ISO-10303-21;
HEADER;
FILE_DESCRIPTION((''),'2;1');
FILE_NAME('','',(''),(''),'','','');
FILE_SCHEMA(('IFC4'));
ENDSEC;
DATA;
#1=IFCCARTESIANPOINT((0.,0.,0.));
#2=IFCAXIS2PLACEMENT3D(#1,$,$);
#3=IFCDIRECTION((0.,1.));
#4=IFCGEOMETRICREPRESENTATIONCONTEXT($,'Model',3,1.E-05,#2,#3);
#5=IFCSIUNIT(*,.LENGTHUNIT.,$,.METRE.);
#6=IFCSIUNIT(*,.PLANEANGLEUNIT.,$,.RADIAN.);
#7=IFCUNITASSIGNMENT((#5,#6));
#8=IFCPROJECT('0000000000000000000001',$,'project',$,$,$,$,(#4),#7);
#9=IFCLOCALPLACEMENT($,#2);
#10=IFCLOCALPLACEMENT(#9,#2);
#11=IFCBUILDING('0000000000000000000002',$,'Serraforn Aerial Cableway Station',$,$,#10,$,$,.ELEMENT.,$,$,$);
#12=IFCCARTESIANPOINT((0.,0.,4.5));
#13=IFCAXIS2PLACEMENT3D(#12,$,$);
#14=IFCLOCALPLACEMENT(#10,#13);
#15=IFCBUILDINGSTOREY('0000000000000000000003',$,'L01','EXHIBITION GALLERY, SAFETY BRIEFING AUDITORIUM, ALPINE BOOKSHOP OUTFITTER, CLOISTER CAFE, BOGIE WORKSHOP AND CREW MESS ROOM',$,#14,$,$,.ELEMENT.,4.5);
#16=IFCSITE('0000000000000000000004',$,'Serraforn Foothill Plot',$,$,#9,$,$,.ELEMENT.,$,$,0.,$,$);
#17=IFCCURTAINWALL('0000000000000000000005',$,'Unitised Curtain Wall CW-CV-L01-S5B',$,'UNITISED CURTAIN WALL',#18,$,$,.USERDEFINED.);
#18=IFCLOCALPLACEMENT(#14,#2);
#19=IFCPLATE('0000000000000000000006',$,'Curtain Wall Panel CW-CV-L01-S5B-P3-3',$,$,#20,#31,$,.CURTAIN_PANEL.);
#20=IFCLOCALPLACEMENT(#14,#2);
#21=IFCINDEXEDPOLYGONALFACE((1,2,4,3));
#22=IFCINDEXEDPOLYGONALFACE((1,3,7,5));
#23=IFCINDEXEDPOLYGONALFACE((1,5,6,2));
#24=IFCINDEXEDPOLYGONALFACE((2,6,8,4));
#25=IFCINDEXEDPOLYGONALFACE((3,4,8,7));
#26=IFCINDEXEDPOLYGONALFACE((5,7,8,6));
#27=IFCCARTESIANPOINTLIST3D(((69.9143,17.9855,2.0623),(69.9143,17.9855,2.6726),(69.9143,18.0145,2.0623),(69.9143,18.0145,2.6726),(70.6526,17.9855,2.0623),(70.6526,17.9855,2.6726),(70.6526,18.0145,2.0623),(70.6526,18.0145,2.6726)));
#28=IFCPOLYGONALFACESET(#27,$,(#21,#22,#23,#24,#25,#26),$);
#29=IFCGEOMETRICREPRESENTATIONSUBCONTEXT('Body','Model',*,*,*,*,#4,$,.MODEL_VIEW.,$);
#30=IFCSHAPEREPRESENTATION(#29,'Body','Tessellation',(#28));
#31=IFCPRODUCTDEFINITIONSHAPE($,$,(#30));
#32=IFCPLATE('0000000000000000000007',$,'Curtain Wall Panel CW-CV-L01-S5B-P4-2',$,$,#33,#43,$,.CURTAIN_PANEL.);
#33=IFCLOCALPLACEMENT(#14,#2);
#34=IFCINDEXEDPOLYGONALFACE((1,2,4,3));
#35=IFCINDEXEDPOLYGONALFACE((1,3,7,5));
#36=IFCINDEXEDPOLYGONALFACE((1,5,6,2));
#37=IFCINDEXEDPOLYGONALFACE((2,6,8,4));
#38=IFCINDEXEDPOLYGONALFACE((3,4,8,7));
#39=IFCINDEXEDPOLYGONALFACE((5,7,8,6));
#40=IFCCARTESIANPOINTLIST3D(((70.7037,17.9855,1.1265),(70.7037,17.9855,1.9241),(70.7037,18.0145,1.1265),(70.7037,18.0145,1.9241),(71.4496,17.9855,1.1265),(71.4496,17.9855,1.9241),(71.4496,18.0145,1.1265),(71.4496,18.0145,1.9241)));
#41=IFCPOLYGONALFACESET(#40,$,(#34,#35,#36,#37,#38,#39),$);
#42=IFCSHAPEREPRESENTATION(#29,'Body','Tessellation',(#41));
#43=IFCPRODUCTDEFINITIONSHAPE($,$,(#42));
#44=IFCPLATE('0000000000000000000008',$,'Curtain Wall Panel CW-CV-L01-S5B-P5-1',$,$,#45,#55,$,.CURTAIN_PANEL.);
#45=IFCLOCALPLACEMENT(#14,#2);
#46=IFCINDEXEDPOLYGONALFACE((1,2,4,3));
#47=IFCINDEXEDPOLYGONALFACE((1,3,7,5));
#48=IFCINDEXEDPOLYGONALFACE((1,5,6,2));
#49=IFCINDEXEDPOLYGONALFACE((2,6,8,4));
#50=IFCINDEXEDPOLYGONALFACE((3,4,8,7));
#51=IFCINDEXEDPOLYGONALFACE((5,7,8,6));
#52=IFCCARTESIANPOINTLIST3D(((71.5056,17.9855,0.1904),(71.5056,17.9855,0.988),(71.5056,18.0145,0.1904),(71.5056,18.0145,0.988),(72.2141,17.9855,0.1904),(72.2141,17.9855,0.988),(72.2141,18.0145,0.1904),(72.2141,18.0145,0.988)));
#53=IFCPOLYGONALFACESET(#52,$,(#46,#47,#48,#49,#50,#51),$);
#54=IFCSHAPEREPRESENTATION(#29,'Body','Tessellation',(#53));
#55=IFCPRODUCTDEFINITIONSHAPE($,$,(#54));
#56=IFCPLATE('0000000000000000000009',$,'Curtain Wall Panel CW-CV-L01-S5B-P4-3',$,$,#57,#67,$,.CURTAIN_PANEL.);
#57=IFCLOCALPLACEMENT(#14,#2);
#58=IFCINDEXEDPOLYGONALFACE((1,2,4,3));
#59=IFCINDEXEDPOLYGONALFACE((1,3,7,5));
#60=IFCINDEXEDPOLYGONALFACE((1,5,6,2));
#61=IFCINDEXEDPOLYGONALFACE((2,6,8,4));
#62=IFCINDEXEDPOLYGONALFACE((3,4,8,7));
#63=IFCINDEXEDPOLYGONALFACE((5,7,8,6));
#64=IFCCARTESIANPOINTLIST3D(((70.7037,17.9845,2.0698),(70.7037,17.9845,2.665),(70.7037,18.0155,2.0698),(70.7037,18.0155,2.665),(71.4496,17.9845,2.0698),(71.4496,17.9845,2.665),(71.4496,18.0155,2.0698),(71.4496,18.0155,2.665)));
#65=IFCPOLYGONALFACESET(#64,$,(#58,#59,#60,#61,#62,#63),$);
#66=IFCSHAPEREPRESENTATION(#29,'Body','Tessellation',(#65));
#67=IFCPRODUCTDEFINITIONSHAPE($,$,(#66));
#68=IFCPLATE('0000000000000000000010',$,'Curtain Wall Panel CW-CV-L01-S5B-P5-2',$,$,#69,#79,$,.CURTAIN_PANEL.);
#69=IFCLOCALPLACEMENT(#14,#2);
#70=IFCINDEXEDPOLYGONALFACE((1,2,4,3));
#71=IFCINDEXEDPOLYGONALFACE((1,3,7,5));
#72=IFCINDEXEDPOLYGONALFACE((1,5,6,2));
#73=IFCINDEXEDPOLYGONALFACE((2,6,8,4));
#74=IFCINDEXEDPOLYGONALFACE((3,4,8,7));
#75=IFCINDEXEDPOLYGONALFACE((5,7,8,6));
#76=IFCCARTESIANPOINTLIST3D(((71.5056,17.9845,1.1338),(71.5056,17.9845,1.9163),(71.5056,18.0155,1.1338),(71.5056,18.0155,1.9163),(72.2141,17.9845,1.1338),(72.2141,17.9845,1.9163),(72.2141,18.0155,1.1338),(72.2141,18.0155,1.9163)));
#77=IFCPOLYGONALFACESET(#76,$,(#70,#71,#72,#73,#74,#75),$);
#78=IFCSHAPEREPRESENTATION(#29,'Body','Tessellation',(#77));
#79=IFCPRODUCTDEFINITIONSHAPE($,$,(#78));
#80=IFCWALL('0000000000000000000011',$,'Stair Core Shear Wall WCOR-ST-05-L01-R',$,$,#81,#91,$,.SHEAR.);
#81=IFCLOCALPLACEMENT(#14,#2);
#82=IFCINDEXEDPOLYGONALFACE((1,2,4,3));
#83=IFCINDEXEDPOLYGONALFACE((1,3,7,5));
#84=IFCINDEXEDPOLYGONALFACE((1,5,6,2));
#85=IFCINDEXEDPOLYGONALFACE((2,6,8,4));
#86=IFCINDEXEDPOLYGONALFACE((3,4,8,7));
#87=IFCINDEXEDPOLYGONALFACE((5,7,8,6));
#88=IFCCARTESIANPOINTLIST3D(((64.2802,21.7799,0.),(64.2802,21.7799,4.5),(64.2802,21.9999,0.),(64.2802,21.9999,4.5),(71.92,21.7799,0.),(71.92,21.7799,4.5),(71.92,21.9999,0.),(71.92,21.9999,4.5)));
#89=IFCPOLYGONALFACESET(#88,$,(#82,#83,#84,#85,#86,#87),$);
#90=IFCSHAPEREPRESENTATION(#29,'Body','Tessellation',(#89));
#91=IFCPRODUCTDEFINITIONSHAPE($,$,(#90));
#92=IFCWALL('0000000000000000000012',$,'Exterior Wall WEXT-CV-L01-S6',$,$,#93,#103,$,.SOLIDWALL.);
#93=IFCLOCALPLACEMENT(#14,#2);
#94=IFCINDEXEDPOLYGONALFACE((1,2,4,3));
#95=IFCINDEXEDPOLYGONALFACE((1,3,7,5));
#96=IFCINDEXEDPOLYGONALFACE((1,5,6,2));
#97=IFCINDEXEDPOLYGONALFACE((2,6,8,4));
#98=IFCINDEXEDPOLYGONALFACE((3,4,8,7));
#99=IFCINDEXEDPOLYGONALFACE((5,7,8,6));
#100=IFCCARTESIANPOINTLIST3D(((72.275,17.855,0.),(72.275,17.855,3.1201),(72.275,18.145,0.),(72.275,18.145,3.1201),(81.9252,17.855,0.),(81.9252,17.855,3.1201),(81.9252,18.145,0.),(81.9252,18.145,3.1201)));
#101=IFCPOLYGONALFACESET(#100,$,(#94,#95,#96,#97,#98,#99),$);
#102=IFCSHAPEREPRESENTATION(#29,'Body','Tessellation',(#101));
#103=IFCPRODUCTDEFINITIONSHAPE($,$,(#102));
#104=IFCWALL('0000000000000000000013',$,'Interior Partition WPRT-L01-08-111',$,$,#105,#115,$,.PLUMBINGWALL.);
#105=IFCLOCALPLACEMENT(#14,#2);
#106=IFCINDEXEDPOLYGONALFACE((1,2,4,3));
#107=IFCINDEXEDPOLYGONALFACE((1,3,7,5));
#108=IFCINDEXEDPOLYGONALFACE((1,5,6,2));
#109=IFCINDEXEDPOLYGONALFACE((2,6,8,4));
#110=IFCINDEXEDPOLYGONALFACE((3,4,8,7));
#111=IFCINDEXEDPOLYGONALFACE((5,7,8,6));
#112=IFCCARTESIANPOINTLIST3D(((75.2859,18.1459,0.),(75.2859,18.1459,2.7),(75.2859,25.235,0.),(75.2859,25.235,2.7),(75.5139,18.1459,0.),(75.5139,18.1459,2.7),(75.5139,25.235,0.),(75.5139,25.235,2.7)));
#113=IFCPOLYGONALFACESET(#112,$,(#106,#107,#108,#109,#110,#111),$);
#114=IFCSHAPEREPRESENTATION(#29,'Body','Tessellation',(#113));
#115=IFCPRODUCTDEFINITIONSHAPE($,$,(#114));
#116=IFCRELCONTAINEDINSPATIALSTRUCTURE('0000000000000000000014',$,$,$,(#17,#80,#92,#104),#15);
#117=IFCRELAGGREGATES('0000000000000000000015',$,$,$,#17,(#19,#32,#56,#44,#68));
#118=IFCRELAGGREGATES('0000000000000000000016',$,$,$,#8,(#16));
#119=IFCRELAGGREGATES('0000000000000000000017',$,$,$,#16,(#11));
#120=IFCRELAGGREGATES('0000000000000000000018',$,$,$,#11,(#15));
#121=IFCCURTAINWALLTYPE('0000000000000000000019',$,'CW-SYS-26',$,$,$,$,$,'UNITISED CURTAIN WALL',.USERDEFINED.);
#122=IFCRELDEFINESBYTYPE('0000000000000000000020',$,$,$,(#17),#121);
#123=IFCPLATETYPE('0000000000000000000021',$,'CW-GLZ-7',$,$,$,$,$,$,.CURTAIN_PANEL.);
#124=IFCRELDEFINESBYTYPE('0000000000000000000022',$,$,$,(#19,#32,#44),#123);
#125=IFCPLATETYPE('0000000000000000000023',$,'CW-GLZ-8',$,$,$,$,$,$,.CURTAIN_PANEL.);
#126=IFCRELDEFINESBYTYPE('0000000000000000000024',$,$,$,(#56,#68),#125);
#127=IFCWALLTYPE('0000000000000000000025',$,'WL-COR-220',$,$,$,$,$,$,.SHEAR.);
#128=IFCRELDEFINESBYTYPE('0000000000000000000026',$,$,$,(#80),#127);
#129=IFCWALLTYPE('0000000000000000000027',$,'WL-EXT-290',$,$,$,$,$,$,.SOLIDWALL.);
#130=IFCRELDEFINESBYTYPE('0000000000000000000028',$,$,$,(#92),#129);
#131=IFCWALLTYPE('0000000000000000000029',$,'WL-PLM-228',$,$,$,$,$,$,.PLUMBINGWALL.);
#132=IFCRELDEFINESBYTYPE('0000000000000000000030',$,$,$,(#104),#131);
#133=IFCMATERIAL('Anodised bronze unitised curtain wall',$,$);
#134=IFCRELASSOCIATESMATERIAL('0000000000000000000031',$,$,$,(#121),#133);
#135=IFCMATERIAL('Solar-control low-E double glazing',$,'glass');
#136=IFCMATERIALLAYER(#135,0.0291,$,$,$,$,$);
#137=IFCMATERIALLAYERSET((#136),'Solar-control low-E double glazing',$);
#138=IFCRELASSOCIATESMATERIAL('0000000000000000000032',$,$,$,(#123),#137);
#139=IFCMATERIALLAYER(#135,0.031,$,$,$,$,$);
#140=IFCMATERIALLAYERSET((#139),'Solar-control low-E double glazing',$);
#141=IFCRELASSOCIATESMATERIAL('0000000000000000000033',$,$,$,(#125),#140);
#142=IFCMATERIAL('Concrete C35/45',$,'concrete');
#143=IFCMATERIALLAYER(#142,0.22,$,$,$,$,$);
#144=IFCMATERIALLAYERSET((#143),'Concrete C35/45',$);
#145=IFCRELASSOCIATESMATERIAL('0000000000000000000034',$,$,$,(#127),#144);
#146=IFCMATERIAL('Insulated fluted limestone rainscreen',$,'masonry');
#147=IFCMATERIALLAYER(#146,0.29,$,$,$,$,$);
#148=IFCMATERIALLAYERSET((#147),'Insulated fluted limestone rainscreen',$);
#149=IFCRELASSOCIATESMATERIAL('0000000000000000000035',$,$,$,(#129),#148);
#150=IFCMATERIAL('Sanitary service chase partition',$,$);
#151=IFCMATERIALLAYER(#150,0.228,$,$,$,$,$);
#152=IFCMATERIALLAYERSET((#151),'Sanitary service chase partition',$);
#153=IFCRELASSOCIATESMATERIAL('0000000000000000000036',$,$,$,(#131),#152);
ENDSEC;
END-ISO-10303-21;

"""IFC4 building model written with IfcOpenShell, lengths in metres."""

from ifc_helpers import new_model, si_unit, direction, frame, frame_2d, origin, origin_2d, place, context, subcontext, project, spatial, rectangle, extrude, material, layer, layer_set, type_object, element, aggregate, save


model = new_model("IFC4")

# Units and contexts
model_context = context("Model", 3, precision=1e-05, world=origin(), true_north=direction((0.0, 1.0)))
body_context = subcontext(model_context, "Body", "Model", "MODEL_VIEW")
ifc_project = project(units=[si_unit("LENGTHUNIT", "METRE"), si_unit("PLANEANGLEUNIT", "RADIAN")], contexts=[model_context])

# Site, building, storey
site_placement = place(None, origin())
site = spatial("IfcSite", under=ifc_project, at=site_placement, Name="Serraforn Foothill Plot", CompositionType="ELEMENT", RefElevation=0.0)
building_placement = place(site_placement, origin())
building = spatial("IfcBuilding", under=site, at=building_placement, Name="Serraforn Aerial Cableway Station", CompositionType="ELEMENT")
storey_placement = place(building_placement, frame((0.0, 0.0, 4.5)))
storey = spatial("IfcBuildingStorey", under=building, at=storey_placement, Name="L01", Description="EXHIBITION GALLERY, SAFETY BRIEFING AUDITORIUM, ALPINE BOOKSHOP OUTFITTER, CLOISTER CAFE, BOGIE WORKSHOP AND CREW MESS ROOM", CompositionType="ELEMENT", Elevation=4.5)

# Shared definitions
ifc_material_1 = material(Name="Concrete C35/45", Category="concrete")

# Curtain wall, plates
ifc_material_2 = material(Name="Anodised bronze unitised curtain wall")
curtain_wall_type = type_object("IfcCurtainWallType", Name="CW-SYS-26", ElementType="UNITISED CURTAIN WALL", PredefinedType="USERDEFINED", material=ifc_material_2)
curtain_wall_placement = place(storey_placement, origin())
curtain_wall = element("IfcCurtainWall", 1, at=curtain_wall_placement, inside=storey, type_object=curtain_wall_type, Name="Unitised Curtain Wall CW-CV-L01-S5B", ObjectType="UNITISED CURTAIN WALL", PredefinedType="USERDEFINED")
ifc_material_3 = material(Name="Solar-control low-E double glazing", Category="glass")
ifc_layer_1 = layer(ifc_material_3, 0.0291)
ifc_layer_set_1 = layer_set([ifc_layer_1], Name="Solar-control low-E double glazing")
plate_type_1 = type_object("IfcPlateType", Name="CW-GLZ-7", PredefinedType="CURTAIN_PANEL", material=ifc_layer_set_1)
plate_1_placement = place(storey_placement, frame((70.2834, 18.0, 2.0623), z_axis=(0.0, 0.0, 1.0), x_axis=(1.0, 0.0, 0.0)))
plate_1 = element("IfcPlate", 2, at=plate_1_placement, type_object=plate_type_1, Name="Curtain Wall Panel CW-CV-L01-S5B-P3-3", PredefinedType="CURTAIN_PANEL", context=body_context, shape_type="SweptSolid", body=[
    extrude(rectangle(XDim=0.7383, YDim=0.0291, at=origin_2d()), origin(), (0.0, 0.0, 1.0), 0.6104),
])
plate_2_placement = place(storey_placement, frame((71.0767, 18.0, 1.1265), z_axis=(0.0, 0.0, 1.0), x_axis=(1.0, 0.0, 0.0)))
plate_2 = element("IfcPlate", 3, at=plate_2_placement, type_object=plate_type_1, Name="Curtain Wall Panel CW-CV-L01-S5B-P4-2", PredefinedType="CURTAIN_PANEL", context=body_context, shape_type="SweptSolid", body=[
    extrude(rectangle(XDim=0.7458, YDim=0.0291, at=origin_2d()), origin(), (0.0, 0.0, 1.0), 0.7976),
])
plate_3_placement = place(storey_placement, frame((71.8599, 18.0, 0.1904), z_axis=(0.0, 0.0, 1.0), x_axis=(1.0, 0.0, 0.0)))
plate_3 = element("IfcPlate", 4, at=plate_3_placement, type_object=plate_type_1, Name="Curtain Wall Panel CW-CV-L01-S5B-P5-1", PredefinedType="CURTAIN_PANEL", context=body_context, shape_type="SweptSolid", body=[
    extrude(rectangle(XDim=0.7085, YDim=0.0291, at=origin_2d()), origin(), (0.0, 0.0, 1.0), 0.7976),
])
ifc_layer_2 = layer(ifc_material_3, 0.031)
ifc_layer_set_2 = layer_set([ifc_layer_2], Name="Solar-control low-E double glazing")
plate_type_2 = type_object("IfcPlateType", Name="CW-GLZ-8", PredefinedType="CURTAIN_PANEL", material=ifc_layer_set_2)
plate_4_placement = place(storey_placement, frame((71.0767, 18.0, 2.0698), z_axis=(0.0, 0.0, 1.0), x_axis=(1.0, 0.0, 0.0)))
plate_4 = element("IfcPlate", 5, at=plate_4_placement, type_object=plate_type_2, Name="Curtain Wall Panel CW-CV-L01-S5B-P4-3", PredefinedType="CURTAIN_PANEL", context=body_context, shape_type="SweptSolid", body=[
    extrude(rectangle(XDim=0.7458, YDim=0.031, at=origin_2d()), origin(), (0.0, 0.0, 1.0), 0.5952),
])
plate_5_placement = place(storey_placement, frame((71.8599, 18.0, 1.1338), z_axis=(0.0, 0.0, 1.0), x_axis=(1.0, 0.0, 0.0)))
plate_5 = element("IfcPlate", 6, at=plate_5_placement, type_object=plate_type_2, Name="Curtain Wall Panel CW-CV-L01-S5B-P5-2", PredefinedType="CURTAIN_PANEL", context=body_context, shape_type="SweptSolid", body=[
    extrude(rectangle(XDim=0.7085, YDim=0.031, at=origin_2d()), origin(), (0.0, 0.0, 1.0), 0.7825),
])
aggregate(curtain_wall, [plate_1, plate_2, plate_4, plate_3, plate_5])

# Walls
ifc_layer_3 = layer(ifc_material_1, 0.22)
ifc_layer_set_3 = layer_set([ifc_layer_3], Name="Concrete C35/45")
wall_type_1 = type_object("IfcWallType", Name="WL-COR-220", PredefinedType="SHEAR", material=ifc_layer_set_3)
wall_1_placement = place(storey_placement, frame((71.9199, 21.8899, 0.0), z_axis=(0.0, 0.0, 1.0), x_axis=(-1.0, 0.0, 0.0)))
element("IfcWall", 7, at=wall_1_placement, inside=storey, type_object=wall_type_1, Name="Stair Core Shear Wall WCOR-ST-05-L01-R", PredefinedType="SHEAR", context=body_context, shape_type="SweptSolid", body=[
    extrude(rectangle(XDim=7.6399, YDim=0.22, at=frame_2d((3.8198, 0.0))), origin(), (0.0, 0.0, 1.0), 4.5),
])
ifc_material_4 = material(Name="Insulated fluted limestone rainscreen", Category="masonry")
ifc_layer_4 = layer(ifc_material_4, 0.29)
ifc_layer_set_4 = layer_set([ifc_layer_4], Name="Insulated fluted limestone rainscreen")
wall_type_2 = type_object("IfcWallType", Name="WL-EXT-290", PredefinedType="SOLIDWALL", material=ifc_layer_set_4)
wall_2_placement = place(storey_placement, frame((72.2749, 18.0, 0.0), z_axis=(0.0, 0.0, 1.0), x_axis=(1.0, 0.0, 0.0)))
element("IfcWall", 8, at=wall_2_placement, inside=storey, type_object=wall_type_2, Name="Exterior Wall WEXT-CV-L01-S6", PredefinedType="SOLIDWALL", context=body_context, shape_type="SweptSolid", body=[
    extrude(rectangle(XDim=9.6501, YDim=0.29, at=frame_2d((4.8252, 0.0))), origin(), (0.0, 0.0, 1.0), 3.1201),
])
ifc_material_5 = material(Name="Sanitary service chase partition")
ifc_layer_5 = layer(ifc_material_5, 0.228)
ifc_layer_set_5 = layer_set([ifc_layer_5], Name="Sanitary service chase partition")
wall_type_3 = type_object("IfcWallType", Name="WL-PLM-228", PredefinedType="PLUMBINGWALL", material=ifc_layer_set_5)
wall_3_placement = place(storey_placement, frame((75.3999, 18.146, 0.0), z_axis=(0.0, 0.0, 1.0), x_axis=(0.0, 1.0, 0.0)))
element("IfcWall", 9, at=wall_3_placement, inside=storey, type_object=wall_type_3, Name="Interior Partition WPRT-L01-08-111", PredefinedType="PLUMBINGWALL", context=body_context, shape_type="SweptSolid", body=[
    extrude(rectangle(XDim=7.0891, YDim=0.228, at=frame_2d((3.5444, 0.0))), origin(), (0.0, 0.0, 1.0), 2.7),
])

save(model, "model.ifc")
